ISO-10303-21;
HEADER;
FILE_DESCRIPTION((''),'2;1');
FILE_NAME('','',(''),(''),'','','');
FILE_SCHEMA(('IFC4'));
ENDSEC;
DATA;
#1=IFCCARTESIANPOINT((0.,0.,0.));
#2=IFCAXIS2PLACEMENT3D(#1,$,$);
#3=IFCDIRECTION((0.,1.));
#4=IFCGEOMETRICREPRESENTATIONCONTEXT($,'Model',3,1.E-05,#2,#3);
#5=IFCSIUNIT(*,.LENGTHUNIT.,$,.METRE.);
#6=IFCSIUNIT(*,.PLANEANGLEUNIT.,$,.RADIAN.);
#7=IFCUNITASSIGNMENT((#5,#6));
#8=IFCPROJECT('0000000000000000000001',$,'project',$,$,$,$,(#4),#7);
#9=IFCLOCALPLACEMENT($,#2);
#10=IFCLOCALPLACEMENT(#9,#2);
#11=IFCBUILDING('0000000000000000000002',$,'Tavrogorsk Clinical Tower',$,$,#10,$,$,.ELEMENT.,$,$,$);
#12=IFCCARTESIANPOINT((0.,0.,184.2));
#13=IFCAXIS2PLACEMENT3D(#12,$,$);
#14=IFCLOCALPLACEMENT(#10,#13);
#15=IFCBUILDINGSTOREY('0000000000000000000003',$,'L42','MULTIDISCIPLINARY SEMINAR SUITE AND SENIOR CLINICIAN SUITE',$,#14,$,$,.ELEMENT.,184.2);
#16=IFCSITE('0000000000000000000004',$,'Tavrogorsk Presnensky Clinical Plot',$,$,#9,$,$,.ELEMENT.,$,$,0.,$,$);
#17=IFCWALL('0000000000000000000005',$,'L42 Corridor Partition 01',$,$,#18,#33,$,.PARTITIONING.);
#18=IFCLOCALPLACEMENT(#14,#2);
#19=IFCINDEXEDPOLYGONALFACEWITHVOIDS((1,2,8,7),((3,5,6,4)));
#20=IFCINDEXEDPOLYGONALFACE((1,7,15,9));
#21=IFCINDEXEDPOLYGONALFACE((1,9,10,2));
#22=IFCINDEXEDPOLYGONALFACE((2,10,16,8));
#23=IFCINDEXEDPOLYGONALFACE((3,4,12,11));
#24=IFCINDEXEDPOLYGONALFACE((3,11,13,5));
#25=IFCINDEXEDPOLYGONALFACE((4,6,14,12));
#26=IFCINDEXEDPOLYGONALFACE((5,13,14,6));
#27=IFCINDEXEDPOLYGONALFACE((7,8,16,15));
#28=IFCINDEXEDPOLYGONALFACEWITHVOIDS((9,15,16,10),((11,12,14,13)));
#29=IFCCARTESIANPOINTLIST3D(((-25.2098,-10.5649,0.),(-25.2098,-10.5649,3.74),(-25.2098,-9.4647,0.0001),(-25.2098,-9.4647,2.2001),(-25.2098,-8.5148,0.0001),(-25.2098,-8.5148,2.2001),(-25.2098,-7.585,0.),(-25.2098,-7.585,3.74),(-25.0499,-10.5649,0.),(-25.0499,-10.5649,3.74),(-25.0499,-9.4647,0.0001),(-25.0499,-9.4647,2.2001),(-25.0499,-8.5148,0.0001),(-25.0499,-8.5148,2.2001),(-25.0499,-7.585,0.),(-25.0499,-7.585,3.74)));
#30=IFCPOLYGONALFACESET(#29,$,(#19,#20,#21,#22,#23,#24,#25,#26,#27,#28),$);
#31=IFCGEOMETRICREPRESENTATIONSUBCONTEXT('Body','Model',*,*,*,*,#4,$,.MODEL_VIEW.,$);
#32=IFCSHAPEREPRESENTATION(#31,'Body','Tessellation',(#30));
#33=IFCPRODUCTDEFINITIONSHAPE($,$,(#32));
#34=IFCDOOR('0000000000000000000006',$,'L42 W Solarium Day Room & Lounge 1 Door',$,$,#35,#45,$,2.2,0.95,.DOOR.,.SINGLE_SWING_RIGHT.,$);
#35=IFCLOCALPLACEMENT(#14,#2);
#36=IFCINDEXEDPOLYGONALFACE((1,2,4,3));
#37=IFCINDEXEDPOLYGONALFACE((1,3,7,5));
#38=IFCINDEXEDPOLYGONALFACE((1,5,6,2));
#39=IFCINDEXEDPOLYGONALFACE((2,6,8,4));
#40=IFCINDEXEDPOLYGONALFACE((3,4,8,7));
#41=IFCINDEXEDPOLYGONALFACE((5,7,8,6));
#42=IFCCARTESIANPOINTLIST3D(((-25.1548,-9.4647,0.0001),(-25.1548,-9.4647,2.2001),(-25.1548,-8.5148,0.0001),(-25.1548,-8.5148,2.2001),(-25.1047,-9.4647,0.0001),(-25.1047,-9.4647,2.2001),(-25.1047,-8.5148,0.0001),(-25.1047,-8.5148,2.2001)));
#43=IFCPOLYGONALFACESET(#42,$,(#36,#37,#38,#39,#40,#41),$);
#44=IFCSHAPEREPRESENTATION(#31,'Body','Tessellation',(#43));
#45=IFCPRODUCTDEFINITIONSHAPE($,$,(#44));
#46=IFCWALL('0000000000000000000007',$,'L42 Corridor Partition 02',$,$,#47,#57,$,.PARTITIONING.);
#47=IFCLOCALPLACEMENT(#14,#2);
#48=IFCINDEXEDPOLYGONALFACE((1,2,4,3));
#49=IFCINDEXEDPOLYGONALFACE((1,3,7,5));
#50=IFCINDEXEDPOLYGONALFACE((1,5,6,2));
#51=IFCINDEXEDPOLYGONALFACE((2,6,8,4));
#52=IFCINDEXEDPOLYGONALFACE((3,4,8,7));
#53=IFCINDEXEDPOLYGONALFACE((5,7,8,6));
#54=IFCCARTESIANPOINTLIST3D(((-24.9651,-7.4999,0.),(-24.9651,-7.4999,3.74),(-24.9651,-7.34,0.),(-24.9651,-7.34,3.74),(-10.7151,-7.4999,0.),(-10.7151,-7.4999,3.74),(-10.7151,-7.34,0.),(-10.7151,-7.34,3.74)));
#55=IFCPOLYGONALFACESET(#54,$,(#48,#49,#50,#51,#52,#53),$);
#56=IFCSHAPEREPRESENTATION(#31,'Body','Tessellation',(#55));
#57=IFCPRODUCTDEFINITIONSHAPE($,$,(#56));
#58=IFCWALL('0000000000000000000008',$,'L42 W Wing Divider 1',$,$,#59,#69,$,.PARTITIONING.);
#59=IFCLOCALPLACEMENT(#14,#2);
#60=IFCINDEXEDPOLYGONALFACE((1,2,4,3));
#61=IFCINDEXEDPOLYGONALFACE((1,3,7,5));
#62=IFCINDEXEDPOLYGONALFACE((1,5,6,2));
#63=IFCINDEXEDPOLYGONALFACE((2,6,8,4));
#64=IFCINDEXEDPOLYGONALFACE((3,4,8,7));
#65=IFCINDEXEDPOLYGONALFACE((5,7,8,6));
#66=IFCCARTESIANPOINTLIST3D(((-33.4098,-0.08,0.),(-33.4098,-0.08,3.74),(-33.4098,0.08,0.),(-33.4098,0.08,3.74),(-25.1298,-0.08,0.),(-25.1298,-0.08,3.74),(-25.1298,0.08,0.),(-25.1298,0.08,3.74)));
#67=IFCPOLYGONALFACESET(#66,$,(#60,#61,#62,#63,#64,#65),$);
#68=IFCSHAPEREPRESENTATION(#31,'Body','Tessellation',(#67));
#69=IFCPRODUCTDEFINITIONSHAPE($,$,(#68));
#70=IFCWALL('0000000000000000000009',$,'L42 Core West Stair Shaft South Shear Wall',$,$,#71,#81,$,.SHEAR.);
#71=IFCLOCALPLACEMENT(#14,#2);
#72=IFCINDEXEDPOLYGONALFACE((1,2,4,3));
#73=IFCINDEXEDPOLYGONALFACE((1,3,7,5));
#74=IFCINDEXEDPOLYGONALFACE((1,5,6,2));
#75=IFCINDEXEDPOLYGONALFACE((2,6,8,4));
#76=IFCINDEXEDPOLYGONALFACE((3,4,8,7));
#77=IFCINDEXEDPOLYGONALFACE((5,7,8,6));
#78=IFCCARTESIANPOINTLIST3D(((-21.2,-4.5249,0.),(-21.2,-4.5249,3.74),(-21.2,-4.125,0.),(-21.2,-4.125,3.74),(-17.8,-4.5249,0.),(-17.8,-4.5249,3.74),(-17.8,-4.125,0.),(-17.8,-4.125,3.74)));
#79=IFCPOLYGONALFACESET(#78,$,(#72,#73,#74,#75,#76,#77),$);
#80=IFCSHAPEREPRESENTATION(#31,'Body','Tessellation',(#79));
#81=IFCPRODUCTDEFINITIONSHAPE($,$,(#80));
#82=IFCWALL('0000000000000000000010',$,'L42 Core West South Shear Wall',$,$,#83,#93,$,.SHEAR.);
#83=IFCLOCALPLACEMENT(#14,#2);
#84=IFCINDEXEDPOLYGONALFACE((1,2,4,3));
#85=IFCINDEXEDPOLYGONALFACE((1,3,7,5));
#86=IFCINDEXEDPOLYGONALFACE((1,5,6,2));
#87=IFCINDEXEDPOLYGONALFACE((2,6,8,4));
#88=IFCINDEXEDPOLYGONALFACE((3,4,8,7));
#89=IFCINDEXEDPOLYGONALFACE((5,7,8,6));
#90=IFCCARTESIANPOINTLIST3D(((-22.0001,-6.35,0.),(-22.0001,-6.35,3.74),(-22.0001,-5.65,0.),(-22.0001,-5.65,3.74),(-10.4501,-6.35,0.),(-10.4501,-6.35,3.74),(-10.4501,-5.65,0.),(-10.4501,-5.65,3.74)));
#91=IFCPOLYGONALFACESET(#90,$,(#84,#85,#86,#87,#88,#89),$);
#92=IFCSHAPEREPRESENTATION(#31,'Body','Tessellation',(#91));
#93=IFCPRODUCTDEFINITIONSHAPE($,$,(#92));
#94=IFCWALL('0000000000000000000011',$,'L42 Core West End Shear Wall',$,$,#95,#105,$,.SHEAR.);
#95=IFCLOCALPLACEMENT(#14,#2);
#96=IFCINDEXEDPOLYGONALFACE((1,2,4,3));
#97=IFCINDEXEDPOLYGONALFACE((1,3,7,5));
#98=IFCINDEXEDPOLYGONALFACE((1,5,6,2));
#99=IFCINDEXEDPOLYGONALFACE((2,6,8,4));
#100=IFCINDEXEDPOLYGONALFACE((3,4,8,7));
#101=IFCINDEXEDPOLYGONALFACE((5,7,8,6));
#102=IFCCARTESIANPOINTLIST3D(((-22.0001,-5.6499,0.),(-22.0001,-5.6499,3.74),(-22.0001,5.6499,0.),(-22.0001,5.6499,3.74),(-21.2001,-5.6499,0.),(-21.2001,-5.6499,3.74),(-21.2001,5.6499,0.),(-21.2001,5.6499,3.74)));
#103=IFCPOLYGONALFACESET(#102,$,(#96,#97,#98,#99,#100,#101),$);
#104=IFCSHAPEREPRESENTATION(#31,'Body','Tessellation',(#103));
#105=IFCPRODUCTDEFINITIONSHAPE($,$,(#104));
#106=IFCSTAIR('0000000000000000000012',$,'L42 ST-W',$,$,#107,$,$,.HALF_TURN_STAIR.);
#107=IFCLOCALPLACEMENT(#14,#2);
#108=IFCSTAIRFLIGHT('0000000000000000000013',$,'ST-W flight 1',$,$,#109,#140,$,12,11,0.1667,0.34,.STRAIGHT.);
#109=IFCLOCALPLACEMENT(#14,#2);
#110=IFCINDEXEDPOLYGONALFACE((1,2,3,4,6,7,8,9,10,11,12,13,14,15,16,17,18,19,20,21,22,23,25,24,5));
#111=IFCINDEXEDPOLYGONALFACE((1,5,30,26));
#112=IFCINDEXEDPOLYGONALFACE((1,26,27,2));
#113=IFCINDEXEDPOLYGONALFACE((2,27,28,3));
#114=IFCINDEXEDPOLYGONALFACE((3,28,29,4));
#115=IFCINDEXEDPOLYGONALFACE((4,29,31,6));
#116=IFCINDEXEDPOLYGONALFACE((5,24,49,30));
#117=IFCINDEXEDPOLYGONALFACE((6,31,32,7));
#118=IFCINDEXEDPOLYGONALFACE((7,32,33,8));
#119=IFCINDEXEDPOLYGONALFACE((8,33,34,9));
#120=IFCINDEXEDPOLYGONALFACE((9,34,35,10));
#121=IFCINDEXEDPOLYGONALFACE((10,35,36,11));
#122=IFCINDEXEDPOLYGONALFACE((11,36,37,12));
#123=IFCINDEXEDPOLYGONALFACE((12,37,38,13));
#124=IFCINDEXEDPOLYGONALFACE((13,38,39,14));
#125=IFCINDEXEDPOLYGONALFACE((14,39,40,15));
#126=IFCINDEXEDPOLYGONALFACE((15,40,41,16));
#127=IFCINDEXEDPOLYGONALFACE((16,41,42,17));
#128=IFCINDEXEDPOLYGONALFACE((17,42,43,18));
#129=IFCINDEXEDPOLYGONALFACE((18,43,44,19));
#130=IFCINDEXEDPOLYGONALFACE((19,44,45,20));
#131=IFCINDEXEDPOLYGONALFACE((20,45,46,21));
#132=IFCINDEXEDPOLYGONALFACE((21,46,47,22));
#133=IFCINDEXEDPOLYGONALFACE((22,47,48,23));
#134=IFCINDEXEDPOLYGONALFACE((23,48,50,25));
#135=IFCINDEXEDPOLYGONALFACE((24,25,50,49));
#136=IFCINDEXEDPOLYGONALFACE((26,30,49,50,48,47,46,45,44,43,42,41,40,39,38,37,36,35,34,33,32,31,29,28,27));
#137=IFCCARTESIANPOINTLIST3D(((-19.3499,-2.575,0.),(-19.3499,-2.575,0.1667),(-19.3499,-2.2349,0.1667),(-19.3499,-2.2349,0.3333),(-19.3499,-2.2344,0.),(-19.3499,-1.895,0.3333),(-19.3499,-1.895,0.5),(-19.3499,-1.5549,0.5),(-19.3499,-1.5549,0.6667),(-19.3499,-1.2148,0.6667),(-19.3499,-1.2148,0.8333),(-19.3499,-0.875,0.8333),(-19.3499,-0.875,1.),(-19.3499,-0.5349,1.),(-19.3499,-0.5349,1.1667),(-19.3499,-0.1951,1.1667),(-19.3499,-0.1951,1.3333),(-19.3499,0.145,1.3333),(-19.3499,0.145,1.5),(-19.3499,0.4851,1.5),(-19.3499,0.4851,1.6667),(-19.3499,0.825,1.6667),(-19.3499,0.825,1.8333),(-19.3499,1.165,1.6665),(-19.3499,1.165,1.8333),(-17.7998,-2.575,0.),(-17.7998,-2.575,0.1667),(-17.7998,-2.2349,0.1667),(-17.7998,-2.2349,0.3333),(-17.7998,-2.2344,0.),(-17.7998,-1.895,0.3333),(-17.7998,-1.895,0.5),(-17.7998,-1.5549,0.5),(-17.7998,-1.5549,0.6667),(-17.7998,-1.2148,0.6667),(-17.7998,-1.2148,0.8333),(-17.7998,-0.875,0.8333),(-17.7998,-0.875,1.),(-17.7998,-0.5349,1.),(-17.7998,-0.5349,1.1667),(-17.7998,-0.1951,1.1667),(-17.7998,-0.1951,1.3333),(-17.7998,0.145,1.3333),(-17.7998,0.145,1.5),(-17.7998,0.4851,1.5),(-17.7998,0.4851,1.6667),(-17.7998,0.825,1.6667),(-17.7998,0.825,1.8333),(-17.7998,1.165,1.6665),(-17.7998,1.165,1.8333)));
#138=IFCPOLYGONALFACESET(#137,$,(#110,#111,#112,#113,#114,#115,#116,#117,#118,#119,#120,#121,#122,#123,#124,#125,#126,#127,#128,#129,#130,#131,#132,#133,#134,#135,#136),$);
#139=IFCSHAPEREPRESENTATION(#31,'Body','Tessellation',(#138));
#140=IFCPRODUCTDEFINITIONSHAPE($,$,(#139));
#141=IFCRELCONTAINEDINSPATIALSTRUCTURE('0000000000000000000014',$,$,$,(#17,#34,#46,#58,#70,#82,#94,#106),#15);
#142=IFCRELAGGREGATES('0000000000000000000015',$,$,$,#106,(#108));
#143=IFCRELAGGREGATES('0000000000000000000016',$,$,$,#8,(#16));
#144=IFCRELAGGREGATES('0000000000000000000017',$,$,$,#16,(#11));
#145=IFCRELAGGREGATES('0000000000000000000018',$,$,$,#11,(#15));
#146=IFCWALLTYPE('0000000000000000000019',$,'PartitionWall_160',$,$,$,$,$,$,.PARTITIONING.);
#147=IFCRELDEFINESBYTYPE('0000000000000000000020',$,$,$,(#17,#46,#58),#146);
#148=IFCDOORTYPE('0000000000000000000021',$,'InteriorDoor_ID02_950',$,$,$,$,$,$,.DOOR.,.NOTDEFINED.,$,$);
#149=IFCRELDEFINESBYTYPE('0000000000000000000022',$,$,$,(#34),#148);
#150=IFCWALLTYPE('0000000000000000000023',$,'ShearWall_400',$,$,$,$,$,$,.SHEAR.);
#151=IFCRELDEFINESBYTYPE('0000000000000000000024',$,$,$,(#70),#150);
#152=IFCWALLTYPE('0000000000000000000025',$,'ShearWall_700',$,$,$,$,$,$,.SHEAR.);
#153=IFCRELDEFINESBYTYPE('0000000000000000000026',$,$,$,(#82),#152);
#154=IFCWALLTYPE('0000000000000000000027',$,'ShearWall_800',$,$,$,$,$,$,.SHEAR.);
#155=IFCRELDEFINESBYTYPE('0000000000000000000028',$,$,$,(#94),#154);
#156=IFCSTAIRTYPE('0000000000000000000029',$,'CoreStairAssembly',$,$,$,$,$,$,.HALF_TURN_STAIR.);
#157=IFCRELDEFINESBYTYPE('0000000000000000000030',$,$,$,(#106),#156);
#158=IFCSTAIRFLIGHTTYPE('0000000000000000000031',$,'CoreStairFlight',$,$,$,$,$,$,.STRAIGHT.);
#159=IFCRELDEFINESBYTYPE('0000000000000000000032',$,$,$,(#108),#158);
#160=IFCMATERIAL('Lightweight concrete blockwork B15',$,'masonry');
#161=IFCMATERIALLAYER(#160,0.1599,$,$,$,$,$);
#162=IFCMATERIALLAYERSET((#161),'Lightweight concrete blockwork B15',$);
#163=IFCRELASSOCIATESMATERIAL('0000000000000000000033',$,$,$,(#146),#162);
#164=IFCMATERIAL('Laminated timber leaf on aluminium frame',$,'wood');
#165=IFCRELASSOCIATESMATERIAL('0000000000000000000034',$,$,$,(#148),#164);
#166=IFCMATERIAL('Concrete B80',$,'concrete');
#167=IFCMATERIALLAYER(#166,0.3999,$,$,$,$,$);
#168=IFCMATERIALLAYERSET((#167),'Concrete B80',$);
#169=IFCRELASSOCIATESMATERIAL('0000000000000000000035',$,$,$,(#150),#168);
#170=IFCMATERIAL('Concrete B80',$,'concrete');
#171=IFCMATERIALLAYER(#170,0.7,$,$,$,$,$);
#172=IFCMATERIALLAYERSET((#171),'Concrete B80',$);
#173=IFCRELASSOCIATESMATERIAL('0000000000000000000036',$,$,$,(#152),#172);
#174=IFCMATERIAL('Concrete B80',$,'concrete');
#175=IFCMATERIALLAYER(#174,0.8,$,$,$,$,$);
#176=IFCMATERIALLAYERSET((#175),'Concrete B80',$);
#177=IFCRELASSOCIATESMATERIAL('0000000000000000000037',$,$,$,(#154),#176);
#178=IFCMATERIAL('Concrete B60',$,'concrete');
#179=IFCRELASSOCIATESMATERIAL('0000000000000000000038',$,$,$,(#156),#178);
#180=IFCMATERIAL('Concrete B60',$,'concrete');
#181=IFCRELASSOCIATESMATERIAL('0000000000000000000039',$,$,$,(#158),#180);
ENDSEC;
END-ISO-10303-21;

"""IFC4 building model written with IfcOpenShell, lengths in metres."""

from ifc_helpers import new_model, si_unit, direction, frame, frame_2d, origin, place, context, subcontext, project, spatial, polyline, rectangle, outline, extrude, material, layer, layer_set, type_object, element, fill, aggregate, save


model = new_model("IFC4")

# Units and contexts
model_context = context("Model", 3, precision=1e-05, world=origin(), true_north=direction((0.0, 1.0)))
body_context = subcontext(model_context, "Body", "Model", "MODEL_VIEW")
ifc_project = project(units=[si_unit("LENGTHUNIT", "METRE"), si_unit("PLANEANGLEUNIT", "RADIAN")], contexts=[model_context])

# Site, building, storey
site_placement = place(None, origin())
site = spatial("IfcSite", under=ifc_project, at=site_placement, Name="Tavrogorsk Presnensky Clinical Plot", CompositionType="ELEMENT", RefElevation=0.0)
building_placement = place(site_placement, origin())
building = spatial("IfcBuilding", under=site, at=building_placement, Name="Tavrogorsk Clinical Tower", CompositionType="ELEMENT")
storey_placement = place(building_placement, frame((0.0, 0.0, 184.2)))
storey = spatial("IfcBuildingStorey", under=building, at=storey_placement, Name="L42", Description="MULTIDISCIPLINARY SEMINAR SUITE AND SENIOR CLINICIAN SUITE", CompositionType="ELEMENT", Elevation=184.2)

# Wall, opening, door
ifc_material_1 = material(Name="Lightweight concrete blockwork B15", Category="masonry")
ifc_layer_1 = layer(ifc_material_1, 0.1599)
ifc_layer_set_1 = layer_set([ifc_layer_1], Name="Lightweight concrete blockwork B15")
wall_type_1 = type_object("IfcWallType", Name="PartitionWall_160", PredefinedType="PARTITIONING", material=ifc_layer_set_1)
wall_1_placement = place(storey_placement, frame((-25.1299, -10.5649, 0.0), z_axis=(0.0, 0.0, 1.0), x_axis=(0.0, 1.0, 0.0)))
wall_1 = element("IfcWall", 1, at=wall_1_placement, inside=storey, type_object=wall_type_1, Name="L42 Corridor Partition 01", PredefinedType="PARTITIONING", context=body_context, shape_type="SweptSolid", body=[
    extrude(rectangle(XDim=2.98, YDim=0.1599, at=frame_2d((1.49, 0.0))), origin(), (0.0, 0.0, 1.0), 3.74),
])
opening_placement = place(wall_1_placement, frame((1.1001, 0.0, 0.0)))
opening = element("IfcOpeningElement", 2, at=opening_placement, cuts=wall_1, PredefinedType="OPENING", context=body_context, shape_type="SweptSolid", body=[
    extrude(rectangle(XDim=0.95, YDim=2.2, at=frame_2d((0.4751, 1.1001))), frame((0.0, 0.0898, 0.0), z_axis=(0.0, -1.0, 0.0), x_axis=(1.0, 0.0, 0.0)), (0.0, 0.0, 1.0), 0.1799),
])
ifc_material_2 = material(Name="Laminated timber leaf on aluminium frame", Category="wood")
door_type = type_object("IfcDoorType", Name="InteriorDoor_ID02_950", OperationType="NOTDEFINED", PredefinedType="DOOR", material=ifc_material_2)
door_placement = place(opening_placement, origin())
door = element("IfcDoor", 3, at=door_placement, inside=storey, type_object=door_type, Name="L42 W Solarium Day Room & Lounge 1 Door", OperationType="SINGLE_SWING_RIGHT", OverallHeight=2.2, OverallWidth=0.95, PredefinedType="DOOR", context=body_context, shape_type="SweptSolid", body=[
    extrude(rectangle(XDim=0.95, YDim=2.2, at=frame_2d((0.4751, 1.1001))), frame((0.0, 0.0249, 0.0), z_axis=(0.0, -1.0, 0.0), x_axis=(1.0, 0.0, 0.0)), (0.0, 0.0, 1.0), 0.05),
])
fill(opening, door)

# Walls
wall_2_placement = place(storey_placement, frame((-24.9651, -7.4199, 0.0), z_axis=(0.0, 0.0, 1.0), x_axis=(1.0, 0.0, 0.0)))
element("IfcWall", 4, at=wall_2_placement, inside=storey, type_object=wall_type_1, Name="L42 Corridor Partition 02", PredefinedType="PARTITIONING", context=body_context, shape_type="SweptSolid", body=[
    extrude(rectangle(XDim=14.25, YDim=0.1599, at=frame_2d((7.125, 0.0))), origin(), (0.0, 0.0, 1.0), 3.74),
])
wall_3_placement = place(storey_placement, frame((-33.4099, 0.0, 0.0), z_axis=(0.0, 0.0, 1.0), x_axis=(1.0, 0.0, 0.0)))
element("IfcWall", 5, at=wall_3_placement, inside=storey, type_object=wall_type_1, Name="L42 W Wing Divider 1", PredefinedType="PARTITIONING", context=body_context, shape_type="SweptSolid", body=[
    extrude(rectangle(XDim=8.28, YDim=0.1599, at=frame_2d((4.1401, 0.0))), origin(), (0.0, 0.0, 1.0), 3.74),
])
ifc_material_3 = material(Name="Concrete B80", Category="concrete")
ifc_layer_2 = layer(ifc_material_3, 0.3999)
ifc_layer_set_2 = layer_set([ifc_layer_2], Name="Concrete B80")
wall_type_2 = type_object("IfcWallType", Name="ShearWall_400", PredefinedType="SHEAR", material=ifc_layer_set_2)
wall_4_placement = place(storey_placement, frame((-21.2, -4.325, 0.0), z_axis=(0.0, 0.0, 1.0), x_axis=(1.0, 0.0, 0.0)))
element("IfcWall", 6, at=wall_4_placement, inside=storey, type_object=wall_type_2, Name="L42 Core West Stair Shaft South Shear Wall", PredefinedType="SHEAR", context=body_context, shape_type="SweptSolid", body=[
    extrude(rectangle(XDim=3.3999, YDim=0.3999, at=frame_2d((1.7, 0.0))), origin(), (0.0, 0.0, 1.0), 3.74),
])
ifc_material_4 = material(Name="Concrete B80", Category="concrete")
ifc_layer_3 = layer(ifc_material_4, 0.7)
ifc_layer_set_3 = layer_set([ifc_layer_3], Name="Concrete B80")
wall_type_3 = type_object("IfcWallType", Name="ShearWall_700", PredefinedType="SHEAR", material=ifc_layer_set_3)
wall_5_placement = place(storey_placement, frame((-22.0, -6.0, 0.0), z_axis=(0.0, 0.0, 1.0), x_axis=(1.0, 0.0, 0.0)))
element("IfcWall", 7, at=wall_5_placement, inside=storey, type_object=wall_type_3, Name="L42 Core West South Shear Wall", PredefinedType="SHEAR", context=body_context, shape_type="SweptSolid", body=[
    extrude(rectangle(XDim=11.55, YDim=0.7, at=frame_2d((5.7749, 0.0))), origin(), (0.0, 0.0, 1.0), 3.74),
])
ifc_material_5 = material(Name="Concrete B80", Category="concrete")
ifc_layer_4 = layer(ifc_material_5, 0.8)
ifc_layer_set_4 = layer_set([ifc_layer_4], Name="Concrete B80")
wall_type_4 = type_object("IfcWallType", Name="ShearWall_800", PredefinedType="SHEAR", material=ifc_layer_set_4)
wall_6_placement = place(storey_placement, frame((-21.6001, -5.6499, 0.0), z_axis=(0.0, 0.0, 1.0), x_axis=(0.0, 1.0, 0.0)))
element("IfcWall", 8, at=wall_6_placement, inside=storey, type_object=wall_type_4, Name="L42 Core West End Shear Wall", PredefinedType="SHEAR", context=body_context, shape_type="SweptSolid", body=[
    extrude(rectangle(XDim=11.2998, YDim=0.8, at=frame_2d((5.6499, 0.0))), origin(), (0.0, 0.0, 1.0), 3.74),
])

# Stair, stair flight
ifc_material_6 = material(Name="Concrete B60", Category="concrete")
stair_type = type_object("IfcStairType", Name="CoreStairAssembly", PredefinedType="HALF_TURN_STAIR", material=ifc_material_6)
stair_placement = place(storey_placement, origin())
stair = element("IfcStair", 9, at=stair_placement, inside=storey, type_object=stair_type, Name="L42 ST-W", PredefinedType="HALF_TURN_STAIR")
ifc_material_7 = material(Name="Concrete B60", Category="concrete")
stair_flight_type = type_object("IfcStairFlightType", Name="CoreStairFlight", PredefinedType="STRAIGHT", material=ifc_material_7)
stair_flight_placement = place(storey_placement, frame((-18.575, -2.575, 0.0), z_axis=(0.0, 0.0, 1.0), x_axis=(0.0, 1.0, 0.0)))
stair_flight = element("IfcStairFlight", 10, at=stair_flight_placement, type_object=stair_flight_type, Name="ST-W flight 1", NumberOfRisers=12, NumberOfTreads=11, PredefinedType="STRAIGHT", RiserHeight=0.1667, TreadLength=0.34, context=body_context, shape_type="SweptSolid", body=[
    extrude(outline(polyline([(0.0, 0.0), (0.0, 0.1667), (0.3401, 0.1667), (0.3401, 0.3333), (0.6799, 0.3333), (0.6799, 0.5), (1.02, 0.5), (1.02, 0.6667), (1.3601, 0.6667), (1.3601, 0.8333), (1.7, 0.8333), (1.7, 1.0), (2.04, 1.0), (2.04, 1.1667), (2.3799, 1.1667), (2.3799, 1.3333), (2.72, 1.3333), (2.72, 1.5), (3.0601, 1.5), (3.0601, 1.6667), (3.3999, 1.6667), (3.3999, 1.8333), (3.74, 1.8333), (3.74, 2.0), (3.74, 1.6665), (0.3406, 0.0), (0.0, 0.0)])), frame((0.0, 0.7749, 0.0), z_axis=(0.0, -1.0, 0.0), x_axis=(1.0, 0.0, 0.0)), (0.0, 0.0, 1.0), 1.55),
])
aggregate(stair, [stair_flight])

save(model, "model.ifc")
